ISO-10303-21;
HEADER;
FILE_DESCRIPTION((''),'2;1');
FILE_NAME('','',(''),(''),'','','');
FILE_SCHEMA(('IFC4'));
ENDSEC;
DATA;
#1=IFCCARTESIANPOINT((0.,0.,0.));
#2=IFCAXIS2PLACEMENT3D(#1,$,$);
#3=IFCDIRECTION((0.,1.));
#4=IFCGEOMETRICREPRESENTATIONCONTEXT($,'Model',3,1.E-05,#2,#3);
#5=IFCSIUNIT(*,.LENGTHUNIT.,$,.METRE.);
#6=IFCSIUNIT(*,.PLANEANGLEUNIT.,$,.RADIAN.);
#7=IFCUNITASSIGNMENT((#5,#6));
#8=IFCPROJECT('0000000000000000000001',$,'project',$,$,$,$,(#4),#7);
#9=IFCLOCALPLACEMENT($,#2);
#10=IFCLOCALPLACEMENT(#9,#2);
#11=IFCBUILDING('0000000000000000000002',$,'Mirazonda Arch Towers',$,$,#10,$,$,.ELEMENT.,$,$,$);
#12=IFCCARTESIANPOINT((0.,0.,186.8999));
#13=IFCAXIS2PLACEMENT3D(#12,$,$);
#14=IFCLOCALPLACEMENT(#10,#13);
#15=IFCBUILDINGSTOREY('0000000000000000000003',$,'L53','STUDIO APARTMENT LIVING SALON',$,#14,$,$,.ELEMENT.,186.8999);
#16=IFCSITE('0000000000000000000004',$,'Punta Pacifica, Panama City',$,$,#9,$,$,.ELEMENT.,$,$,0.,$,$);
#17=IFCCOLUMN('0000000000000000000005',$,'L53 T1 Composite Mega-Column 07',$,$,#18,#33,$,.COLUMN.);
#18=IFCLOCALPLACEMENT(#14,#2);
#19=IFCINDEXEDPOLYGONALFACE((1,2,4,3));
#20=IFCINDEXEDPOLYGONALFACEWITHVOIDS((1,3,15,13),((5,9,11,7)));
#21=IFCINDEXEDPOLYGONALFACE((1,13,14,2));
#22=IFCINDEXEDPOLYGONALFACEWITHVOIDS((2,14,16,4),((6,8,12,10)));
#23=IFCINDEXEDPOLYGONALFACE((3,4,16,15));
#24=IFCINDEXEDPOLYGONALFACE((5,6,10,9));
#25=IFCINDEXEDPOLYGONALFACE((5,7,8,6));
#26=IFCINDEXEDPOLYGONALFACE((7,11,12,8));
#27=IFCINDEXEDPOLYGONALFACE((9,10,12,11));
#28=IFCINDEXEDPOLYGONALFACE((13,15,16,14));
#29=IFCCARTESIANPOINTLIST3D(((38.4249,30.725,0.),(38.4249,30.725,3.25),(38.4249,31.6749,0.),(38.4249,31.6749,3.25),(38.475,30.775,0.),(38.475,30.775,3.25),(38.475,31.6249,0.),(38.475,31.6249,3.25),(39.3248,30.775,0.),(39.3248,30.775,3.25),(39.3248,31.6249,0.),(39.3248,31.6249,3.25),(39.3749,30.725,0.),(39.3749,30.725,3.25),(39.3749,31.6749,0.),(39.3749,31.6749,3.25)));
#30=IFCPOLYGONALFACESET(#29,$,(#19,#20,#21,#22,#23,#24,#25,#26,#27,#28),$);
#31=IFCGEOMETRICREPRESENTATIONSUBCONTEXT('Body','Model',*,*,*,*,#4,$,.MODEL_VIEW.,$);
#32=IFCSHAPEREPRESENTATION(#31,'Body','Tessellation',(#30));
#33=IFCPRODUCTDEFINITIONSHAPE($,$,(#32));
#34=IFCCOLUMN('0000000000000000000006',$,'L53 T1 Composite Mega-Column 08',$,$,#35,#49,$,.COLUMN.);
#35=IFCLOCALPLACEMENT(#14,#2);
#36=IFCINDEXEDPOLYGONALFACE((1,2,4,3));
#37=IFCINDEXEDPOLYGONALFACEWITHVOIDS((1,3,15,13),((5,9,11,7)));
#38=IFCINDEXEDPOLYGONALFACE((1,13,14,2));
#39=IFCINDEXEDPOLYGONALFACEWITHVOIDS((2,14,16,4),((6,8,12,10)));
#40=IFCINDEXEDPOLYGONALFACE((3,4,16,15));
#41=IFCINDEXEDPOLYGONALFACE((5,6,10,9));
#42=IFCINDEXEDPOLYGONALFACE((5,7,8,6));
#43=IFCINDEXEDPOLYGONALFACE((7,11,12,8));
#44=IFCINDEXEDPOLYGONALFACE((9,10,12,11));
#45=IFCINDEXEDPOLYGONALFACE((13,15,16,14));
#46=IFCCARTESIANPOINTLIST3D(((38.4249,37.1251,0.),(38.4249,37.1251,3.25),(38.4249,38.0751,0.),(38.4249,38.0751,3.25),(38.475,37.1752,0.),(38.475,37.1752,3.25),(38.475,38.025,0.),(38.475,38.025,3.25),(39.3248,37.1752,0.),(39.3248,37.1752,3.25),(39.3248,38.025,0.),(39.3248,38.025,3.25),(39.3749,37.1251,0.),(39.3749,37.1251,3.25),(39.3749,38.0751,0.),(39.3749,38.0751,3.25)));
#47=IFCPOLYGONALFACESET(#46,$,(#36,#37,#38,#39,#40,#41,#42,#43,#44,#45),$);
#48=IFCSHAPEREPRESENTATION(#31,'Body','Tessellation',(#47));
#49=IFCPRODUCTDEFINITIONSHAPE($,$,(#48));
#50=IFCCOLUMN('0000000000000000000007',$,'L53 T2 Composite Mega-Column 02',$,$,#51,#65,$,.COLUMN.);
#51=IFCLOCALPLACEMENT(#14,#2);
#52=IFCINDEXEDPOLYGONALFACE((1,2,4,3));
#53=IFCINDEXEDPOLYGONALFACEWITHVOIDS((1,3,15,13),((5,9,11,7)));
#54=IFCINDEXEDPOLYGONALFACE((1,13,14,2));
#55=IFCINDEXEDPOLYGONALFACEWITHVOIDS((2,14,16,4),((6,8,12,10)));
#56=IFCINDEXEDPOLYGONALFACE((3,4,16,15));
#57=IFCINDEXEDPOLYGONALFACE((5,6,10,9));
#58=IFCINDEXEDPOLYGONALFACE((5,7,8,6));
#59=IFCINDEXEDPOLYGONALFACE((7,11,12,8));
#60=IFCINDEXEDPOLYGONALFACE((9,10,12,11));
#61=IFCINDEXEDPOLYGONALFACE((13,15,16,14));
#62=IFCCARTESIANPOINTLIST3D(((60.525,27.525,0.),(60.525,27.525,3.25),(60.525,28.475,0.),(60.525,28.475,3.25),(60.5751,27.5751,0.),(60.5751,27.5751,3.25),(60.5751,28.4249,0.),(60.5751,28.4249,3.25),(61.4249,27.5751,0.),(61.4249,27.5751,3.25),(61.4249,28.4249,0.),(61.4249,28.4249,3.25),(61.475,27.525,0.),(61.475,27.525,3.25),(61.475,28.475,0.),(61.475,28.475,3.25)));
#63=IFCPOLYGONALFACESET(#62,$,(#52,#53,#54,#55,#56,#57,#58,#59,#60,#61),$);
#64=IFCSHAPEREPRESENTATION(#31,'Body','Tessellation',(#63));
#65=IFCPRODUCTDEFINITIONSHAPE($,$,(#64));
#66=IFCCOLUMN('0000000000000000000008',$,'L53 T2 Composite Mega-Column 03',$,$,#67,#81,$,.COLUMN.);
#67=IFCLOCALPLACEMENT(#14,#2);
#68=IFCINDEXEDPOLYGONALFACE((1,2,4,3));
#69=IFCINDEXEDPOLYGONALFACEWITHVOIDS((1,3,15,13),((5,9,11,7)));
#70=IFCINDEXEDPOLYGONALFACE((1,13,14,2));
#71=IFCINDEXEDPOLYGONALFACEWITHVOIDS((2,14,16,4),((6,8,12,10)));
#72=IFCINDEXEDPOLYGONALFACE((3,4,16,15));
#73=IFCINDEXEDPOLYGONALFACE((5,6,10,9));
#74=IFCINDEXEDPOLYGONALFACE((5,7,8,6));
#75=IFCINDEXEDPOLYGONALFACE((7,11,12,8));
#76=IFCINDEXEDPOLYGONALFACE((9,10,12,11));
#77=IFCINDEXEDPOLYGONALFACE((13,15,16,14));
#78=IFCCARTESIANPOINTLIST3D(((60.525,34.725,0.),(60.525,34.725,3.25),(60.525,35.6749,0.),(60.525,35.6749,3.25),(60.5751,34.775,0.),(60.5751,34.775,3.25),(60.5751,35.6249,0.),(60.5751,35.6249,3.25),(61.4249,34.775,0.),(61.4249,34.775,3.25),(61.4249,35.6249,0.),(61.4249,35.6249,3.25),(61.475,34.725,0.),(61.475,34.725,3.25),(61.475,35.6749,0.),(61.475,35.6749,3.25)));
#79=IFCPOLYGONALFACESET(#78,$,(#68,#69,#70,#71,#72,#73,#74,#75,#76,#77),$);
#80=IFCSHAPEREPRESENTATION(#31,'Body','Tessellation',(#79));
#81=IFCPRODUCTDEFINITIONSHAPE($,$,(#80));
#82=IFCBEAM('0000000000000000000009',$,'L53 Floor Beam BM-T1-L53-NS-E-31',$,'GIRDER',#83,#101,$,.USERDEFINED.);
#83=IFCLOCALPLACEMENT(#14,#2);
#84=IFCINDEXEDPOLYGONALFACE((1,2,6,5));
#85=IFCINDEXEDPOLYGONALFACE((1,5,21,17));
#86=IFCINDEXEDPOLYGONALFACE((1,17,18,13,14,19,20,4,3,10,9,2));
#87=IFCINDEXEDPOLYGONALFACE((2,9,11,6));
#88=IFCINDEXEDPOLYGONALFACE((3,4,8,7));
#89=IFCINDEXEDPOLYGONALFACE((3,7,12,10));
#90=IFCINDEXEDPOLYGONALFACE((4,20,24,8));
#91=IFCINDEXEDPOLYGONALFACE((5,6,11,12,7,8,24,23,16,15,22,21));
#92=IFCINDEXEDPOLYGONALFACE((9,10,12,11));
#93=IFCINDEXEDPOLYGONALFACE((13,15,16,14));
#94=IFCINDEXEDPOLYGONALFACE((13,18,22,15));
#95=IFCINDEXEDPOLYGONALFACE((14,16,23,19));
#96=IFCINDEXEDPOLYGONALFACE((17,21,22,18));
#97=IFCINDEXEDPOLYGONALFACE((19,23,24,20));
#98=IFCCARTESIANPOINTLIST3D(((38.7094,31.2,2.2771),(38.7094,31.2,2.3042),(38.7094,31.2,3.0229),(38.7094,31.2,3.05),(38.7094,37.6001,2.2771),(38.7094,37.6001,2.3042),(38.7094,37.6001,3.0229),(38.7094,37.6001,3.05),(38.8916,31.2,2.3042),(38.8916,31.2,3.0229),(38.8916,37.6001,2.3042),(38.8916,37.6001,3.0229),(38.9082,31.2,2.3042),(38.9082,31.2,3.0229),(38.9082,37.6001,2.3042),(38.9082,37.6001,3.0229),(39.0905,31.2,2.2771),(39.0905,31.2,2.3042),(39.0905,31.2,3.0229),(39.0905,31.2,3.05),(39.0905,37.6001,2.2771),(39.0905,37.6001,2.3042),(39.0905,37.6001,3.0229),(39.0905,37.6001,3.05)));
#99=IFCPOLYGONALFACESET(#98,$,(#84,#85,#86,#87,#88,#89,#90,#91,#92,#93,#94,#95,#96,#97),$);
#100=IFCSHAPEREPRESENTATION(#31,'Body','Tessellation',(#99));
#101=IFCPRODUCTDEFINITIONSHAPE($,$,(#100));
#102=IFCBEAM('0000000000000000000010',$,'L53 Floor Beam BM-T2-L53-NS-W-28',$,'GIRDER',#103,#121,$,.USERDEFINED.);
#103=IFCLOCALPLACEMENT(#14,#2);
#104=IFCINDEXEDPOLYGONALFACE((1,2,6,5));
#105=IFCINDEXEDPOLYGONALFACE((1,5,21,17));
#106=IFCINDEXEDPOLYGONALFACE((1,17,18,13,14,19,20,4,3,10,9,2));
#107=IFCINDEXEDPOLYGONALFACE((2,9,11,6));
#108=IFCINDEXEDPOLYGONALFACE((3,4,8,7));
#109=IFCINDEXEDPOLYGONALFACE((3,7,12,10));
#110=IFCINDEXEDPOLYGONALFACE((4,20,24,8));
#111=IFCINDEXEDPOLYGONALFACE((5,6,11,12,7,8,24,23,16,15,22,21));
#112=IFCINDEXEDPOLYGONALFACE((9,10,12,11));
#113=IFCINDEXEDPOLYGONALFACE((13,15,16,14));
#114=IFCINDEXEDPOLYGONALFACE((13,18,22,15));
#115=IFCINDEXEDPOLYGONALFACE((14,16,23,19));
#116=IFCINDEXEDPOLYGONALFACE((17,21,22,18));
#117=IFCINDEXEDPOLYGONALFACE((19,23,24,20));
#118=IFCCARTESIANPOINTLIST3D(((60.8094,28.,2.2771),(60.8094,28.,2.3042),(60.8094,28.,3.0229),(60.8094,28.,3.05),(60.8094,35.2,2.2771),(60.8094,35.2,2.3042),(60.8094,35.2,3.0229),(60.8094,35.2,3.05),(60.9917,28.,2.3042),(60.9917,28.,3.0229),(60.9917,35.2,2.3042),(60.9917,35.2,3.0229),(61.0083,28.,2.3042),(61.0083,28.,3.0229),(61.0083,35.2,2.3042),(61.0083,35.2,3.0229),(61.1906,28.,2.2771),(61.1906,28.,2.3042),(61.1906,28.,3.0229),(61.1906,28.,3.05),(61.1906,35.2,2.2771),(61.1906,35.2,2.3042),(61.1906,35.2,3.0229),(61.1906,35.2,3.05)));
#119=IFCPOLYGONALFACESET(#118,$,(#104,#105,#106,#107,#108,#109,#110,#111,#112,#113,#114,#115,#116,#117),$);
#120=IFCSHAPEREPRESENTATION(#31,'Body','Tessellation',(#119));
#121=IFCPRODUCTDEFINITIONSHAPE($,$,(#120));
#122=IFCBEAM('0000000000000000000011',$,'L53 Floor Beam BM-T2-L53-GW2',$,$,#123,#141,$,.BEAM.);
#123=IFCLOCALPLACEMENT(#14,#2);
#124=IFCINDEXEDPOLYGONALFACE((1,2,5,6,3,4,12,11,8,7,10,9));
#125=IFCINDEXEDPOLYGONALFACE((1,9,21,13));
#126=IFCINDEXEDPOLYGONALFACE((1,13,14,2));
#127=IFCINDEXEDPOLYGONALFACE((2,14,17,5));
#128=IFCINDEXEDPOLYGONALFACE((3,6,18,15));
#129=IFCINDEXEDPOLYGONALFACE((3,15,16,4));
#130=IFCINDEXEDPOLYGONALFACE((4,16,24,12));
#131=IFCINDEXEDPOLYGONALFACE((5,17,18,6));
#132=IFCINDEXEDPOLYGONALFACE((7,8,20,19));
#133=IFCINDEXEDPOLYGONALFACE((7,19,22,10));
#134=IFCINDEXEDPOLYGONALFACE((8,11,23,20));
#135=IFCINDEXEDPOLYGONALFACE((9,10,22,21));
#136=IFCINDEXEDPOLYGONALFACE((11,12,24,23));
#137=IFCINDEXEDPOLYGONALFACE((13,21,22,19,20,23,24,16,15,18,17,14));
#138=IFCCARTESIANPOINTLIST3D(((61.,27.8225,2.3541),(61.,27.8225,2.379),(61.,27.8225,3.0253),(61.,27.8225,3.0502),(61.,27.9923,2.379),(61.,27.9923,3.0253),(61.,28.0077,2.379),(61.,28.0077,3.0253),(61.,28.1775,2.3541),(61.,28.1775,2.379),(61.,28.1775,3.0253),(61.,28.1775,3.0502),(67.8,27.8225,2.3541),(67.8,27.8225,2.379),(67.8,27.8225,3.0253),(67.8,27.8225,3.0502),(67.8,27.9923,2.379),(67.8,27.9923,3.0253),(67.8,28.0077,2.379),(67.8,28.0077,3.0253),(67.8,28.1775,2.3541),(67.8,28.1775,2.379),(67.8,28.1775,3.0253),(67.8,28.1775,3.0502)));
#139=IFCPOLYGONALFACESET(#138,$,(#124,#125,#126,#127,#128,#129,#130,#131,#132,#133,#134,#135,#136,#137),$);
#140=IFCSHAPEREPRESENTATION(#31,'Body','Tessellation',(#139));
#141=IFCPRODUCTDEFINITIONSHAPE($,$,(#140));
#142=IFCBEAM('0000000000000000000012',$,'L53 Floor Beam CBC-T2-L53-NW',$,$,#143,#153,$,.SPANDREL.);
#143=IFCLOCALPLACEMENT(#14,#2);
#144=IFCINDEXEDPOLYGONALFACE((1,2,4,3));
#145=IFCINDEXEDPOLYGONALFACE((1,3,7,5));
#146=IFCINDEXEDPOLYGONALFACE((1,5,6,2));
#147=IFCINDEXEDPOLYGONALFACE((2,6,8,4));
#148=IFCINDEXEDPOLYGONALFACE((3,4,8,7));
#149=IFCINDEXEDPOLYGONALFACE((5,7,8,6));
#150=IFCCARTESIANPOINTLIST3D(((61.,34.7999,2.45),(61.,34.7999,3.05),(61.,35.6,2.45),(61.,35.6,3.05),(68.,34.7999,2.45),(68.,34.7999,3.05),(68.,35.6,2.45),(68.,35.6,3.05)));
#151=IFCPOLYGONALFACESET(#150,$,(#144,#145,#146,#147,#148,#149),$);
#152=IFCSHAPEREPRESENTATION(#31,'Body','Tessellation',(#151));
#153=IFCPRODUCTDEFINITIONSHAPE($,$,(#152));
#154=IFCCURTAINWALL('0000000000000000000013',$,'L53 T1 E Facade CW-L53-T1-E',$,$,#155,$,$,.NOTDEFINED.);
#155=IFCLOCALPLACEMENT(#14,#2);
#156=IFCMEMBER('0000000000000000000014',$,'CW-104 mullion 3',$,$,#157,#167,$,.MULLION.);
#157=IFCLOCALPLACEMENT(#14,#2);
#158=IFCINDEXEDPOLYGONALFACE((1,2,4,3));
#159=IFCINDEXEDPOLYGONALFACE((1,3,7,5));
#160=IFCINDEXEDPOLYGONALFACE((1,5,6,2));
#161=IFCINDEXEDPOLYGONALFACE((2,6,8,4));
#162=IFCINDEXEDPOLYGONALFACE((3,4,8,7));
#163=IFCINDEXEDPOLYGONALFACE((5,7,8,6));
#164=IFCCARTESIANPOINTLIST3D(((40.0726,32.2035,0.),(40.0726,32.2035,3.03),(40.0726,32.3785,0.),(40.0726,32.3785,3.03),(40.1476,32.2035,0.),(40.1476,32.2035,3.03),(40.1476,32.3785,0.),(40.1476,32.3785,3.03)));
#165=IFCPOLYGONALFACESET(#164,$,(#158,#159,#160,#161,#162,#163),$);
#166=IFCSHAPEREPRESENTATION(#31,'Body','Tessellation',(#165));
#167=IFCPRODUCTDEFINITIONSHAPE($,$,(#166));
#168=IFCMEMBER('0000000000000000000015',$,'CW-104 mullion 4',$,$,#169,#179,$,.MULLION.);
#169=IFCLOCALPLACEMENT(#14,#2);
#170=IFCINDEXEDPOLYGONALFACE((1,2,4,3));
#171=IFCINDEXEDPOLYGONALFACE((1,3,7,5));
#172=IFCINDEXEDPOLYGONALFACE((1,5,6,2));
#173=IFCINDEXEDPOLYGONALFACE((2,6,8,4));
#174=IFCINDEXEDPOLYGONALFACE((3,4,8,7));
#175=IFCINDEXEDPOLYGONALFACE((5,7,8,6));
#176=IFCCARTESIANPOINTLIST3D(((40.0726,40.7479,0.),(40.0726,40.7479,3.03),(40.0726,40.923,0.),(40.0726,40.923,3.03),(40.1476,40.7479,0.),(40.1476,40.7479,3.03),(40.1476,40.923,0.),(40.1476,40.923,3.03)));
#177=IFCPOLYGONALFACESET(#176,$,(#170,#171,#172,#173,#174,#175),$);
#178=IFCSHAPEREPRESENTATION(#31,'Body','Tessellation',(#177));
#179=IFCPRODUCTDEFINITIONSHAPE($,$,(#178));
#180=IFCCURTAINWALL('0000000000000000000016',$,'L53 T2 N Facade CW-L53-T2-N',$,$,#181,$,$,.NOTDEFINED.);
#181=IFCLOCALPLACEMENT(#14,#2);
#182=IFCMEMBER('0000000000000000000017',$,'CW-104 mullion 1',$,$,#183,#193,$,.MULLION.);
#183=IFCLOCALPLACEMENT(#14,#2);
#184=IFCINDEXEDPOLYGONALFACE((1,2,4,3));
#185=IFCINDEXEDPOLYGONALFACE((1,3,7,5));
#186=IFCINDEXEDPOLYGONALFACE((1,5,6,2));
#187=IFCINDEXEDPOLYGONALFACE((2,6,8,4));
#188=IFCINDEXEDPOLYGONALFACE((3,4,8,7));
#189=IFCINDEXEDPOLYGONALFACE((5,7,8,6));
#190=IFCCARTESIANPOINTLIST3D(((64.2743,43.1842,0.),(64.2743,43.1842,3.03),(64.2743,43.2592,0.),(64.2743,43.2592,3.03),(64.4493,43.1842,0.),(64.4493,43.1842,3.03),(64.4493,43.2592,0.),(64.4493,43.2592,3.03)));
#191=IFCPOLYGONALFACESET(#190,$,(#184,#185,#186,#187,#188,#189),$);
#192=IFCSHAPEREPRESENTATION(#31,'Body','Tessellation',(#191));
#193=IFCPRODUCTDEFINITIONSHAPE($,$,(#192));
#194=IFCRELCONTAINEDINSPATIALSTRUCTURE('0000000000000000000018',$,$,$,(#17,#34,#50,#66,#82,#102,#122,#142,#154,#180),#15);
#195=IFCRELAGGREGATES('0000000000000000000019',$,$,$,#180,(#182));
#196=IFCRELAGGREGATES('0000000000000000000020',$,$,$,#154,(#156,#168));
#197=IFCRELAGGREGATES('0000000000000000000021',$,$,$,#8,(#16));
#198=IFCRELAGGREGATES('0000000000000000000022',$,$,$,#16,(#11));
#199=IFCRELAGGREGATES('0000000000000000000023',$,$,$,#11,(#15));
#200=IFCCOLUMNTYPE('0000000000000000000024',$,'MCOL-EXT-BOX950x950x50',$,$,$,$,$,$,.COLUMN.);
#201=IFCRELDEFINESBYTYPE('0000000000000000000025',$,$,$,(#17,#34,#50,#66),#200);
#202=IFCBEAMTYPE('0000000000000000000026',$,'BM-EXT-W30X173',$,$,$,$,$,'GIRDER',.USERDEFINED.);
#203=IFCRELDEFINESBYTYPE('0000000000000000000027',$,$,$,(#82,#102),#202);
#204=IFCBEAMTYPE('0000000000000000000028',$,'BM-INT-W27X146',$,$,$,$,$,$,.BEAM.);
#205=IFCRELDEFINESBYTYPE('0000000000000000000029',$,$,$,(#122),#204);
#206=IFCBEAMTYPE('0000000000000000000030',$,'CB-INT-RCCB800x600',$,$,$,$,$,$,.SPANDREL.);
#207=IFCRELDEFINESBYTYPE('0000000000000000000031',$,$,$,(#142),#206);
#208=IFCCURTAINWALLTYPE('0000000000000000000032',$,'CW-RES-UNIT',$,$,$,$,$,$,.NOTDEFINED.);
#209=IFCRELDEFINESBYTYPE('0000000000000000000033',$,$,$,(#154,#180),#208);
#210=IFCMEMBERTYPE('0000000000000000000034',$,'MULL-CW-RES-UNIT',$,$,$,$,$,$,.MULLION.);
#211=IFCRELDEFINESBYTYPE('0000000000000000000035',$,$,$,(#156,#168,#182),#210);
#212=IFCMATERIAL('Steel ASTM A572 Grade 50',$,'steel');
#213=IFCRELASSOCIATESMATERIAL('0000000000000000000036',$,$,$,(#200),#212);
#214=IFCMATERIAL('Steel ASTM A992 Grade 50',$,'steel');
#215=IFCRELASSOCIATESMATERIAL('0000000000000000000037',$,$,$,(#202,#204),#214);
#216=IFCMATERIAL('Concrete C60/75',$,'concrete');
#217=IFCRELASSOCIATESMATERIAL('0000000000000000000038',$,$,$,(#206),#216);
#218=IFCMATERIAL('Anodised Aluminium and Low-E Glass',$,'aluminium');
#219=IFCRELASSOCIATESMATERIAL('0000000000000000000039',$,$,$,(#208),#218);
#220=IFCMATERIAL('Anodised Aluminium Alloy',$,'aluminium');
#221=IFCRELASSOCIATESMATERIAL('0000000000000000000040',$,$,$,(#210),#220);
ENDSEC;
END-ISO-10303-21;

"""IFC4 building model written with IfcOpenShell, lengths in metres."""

from ifc_helpers import new_model, si_unit, direction, frame, origin, origin_2d, place, context, subcontext, project, spatial, rectangle, hollow_rectangle, i_section, extrude, material, material_profile, profile_set, type_object, element, aggregate, save


model = new_model("IFC4")

# Units and contexts
model_context = context("Model", 3, precision=1e-05, world=origin(), true_north=direction((0.0, 1.0)))
body_context = subcontext(model_context, "Body", "Model", "MODEL_VIEW")
ifc_project = project(units=[si_unit("LENGTHUNIT", "METRE"), si_unit("PLANEANGLEUNIT", "RADIAN")], contexts=[model_context])

# Site, building, storey
site_placement = place(None, origin())
site = spatial("IfcSite", under=ifc_project, at=site_placement, Name="Punta Pacifica, Panama City", CompositionType="ELEMENT", RefElevation=0.0)
building_placement = place(site_placement, origin())
building = spatial("IfcBuilding", under=site, at=building_placement, Name="Mirazonda Arch Towers", CompositionType="ELEMENT")
storey_placement = place(building_placement, frame((0.0, 0.0, 186.8999)))
storey = spatial("IfcBuildingStorey", under=building, at=storey_placement, Name="L53", Description="STUDIO APARTMENT LIVING SALON", CompositionType="ELEMENT", Elevation=186.8999)

# Columns
ifc_material_1 = material(Name="Steel ASTM A572 Grade 50", Category="steel")
ifc_material_profile_1 = material_profile(ifc_material_1, hollow_rectangle(XDim=0.95, YDim=0.95, WallThickness=0.05, at=origin_2d()), Name="BOX950x950x50")
ifc_profile_set_1 = profile_set([ifc_material_profile_1], Name="Steel ASTM A572 Grade 50")
column_type = type_object("IfcColumnType", Name="MCOL-EXT-BOX950x950x50", PredefinedType="COLUMN", material=ifc_profile_set_1)
for number, where, z_axis, x_axis, name in (
    (1, (38.8999, 31.2, 0.0), (0.0, 0.0, 1.0), (1.0, 0.0, 0.0), "L53 T1 Composite Mega-Column 07"),
    (2, (38.8999, 37.6001, 0.0), (0.0, 0.0, 1.0), (1.0, 0.0, 0.0), "L53 T1 Composite Mega-Column 08"),
    (3, (61.0, 28.0, 0.0), (0.0, 0.0, 1.0), (1.0, 0.0, 0.0), "L53 T2 Composite Mega-Column 02"),
    (4, (61.0, 35.2, 0.0), (0.0, 0.0, 1.0), (1.0, 0.0, 0.0), "L53 T2 Composite Mega-Column 03"),
):
    element("IfcColumn", number, at=place(storey_placement, frame(where, z_axis=z_axis, x_axis=x_axis)), inside=storey, type_object=column_type, Name=name, PredefinedType="COLUMN", context=body_context, shape_type="SweptSolid", body=[
        extrude(hollow_rectangle(XDim=0.95, YDim=0.95, WallThickness=0.05, at=origin_2d()), origin(), (0.0, 0.0, 1.0), 3.25),
    ])

# Beams
ifc_material_2 = material(Name="Steel ASTM A992 Grade 50", Category="steel")
ifc_material_profile_2 = material_profile(ifc_material_2, i_section(OverallWidth=0.3811, OverallDepth=0.7729, WebThickness=0.0166, FlangeThickness=0.0271, at=origin_2d()), Name="W30X173")
ifc_profile_set_2 = profile_set([ifc_material_profile_2], Name="Steel ASTM A992 Grade 50")
beam_type_1 = type_object("IfcBeamType", Name="BM-EXT-W30X173", ElementType="GIRDER", PredefinedType="USERDEFINED", material=ifc_profile_set_2)
beam_1_placement = place(storey_placement, frame((38.8999, 31.2, 2.6636), z_axis=(0.0, 1.0, 0.0), x_axis=(-1.0, 0.0, 0.0)))
element("IfcBeam", 5, at=beam_1_placement, inside=storey, type_object=beam_type_1, Name="L53 Floor Beam BM-T1-L53-NS-E-31", ObjectType="GIRDER", PredefinedType="USERDEFINED", context=body_context, shape_type="SweptSolid", body=[
    extrude(i_section(OverallWidth=0.3811, OverallDepth=0.7729, WebThickness=0.0166, FlangeThickness=0.0271, at=origin_2d()), origin(), (0.0, 0.0, 1.0), 6.4001),
])
beam_2_placement = place(storey_placement, frame((61.0, 28.0, 2.6636), z_axis=(0.0, 1.0, 0.0), x_axis=(-1.0, 0.0, 0.0)))
element("IfcBeam", 6, at=beam_2_placement, inside=storey, type_object=beam_type_1, Name="L53 Floor Beam BM-T2-L53-NS-W-28", ObjectType="GIRDER", PredefinedType="USERDEFINED", context=body_context, shape_type="SweptSolid", body=[
    extrude(i_section(OverallWidth=0.3811, OverallDepth=0.7729, WebThickness=0.0166, FlangeThickness=0.0271, at=origin_2d()), origin(), (0.0, 0.0, 1.0), 7.2),
])
ifc_material_profile_3 = material_profile(ifc_material_2, i_section(OverallWidth=0.355, OverallDepth=0.696, WebThickness=0.0154, FlangeThickness=0.0249, at=origin_2d()), Name="W27X146")
ifc_profile_set_3 = profile_set([ifc_material_profile_3], Name="Steel ASTM A992 Grade 50")
beam_type_2 = type_object("IfcBeamType", Name="BM-INT-W27X146", PredefinedType="BEAM", material=ifc_profile_set_3)
beam_3_placement = place(storey_placement, frame((61.0, 28.0, 2.7021), z_axis=(1.0, 0.0, 0.0), x_axis=(0.0, 1.0, 0.0)))
element("IfcBeam", 7, at=beam_3_placement, inside=storey, type_object=beam_type_2, Name="L53 Floor Beam BM-T2-L53-GW2", PredefinedType="BEAM", context=body_context, shape_type="SweptSolid", body=[
    extrude(i_section(OverallWidth=0.355, OverallDepth=0.696, WebThickness=0.0154, FlangeThickness=0.0249, at=origin_2d()), origin(), (0.0, 0.0, 1.0), 6.8),
])
ifc_material_3 = material(Name="Concrete C60/75", Category="concrete")
ifc_material_profile_4 = material_profile(ifc_material_3, rectangle(XDim=0.8, YDim=0.6001, at=origin_2d()), Name="RCCB800x600")
ifc_profile_set_4 = profile_set([ifc_material_profile_4], Name="Concrete C60/75")
beam_type_3 = type_object("IfcBeamType", Name="CB-INT-RCCB800x600", PredefinedType="SPANDREL", material=ifc_profile_set_4)
beam_4_placement = place(storey_placement, frame((61.0, 35.2, 2.75), z_axis=(1.0, 0.0, 0.0), x_axis=(0.0, 1.0, 0.0)))
element("IfcBeam", 8, at=beam_4_placement, inside=storey, type_object=beam_type_3, Name="L53 Floor Beam CBC-T2-L53-NW", PredefinedType="SPANDREL", context=body_context, shape_type="SweptSolid", body=[
    extrude(rectangle(XDim=0.8, YDim=0.6001, at=origin_2d()), origin(), (0.0, 0.0, 1.0), 7.0),
])

# Curtain wall, members
ifc_material_4 = material(Name="Anodised Aluminium and Low-E Glass", Category="aluminium")
curtain_wall_type = type_object("IfcCurtainWallType", Name="CW-RES-UNIT", PredefinedType="NOTDEFINED", material=ifc_material_4)
curtain_wall_1_placement = place(storey_placement, origin())
curtain_wall_1 = element("IfcCurtainWall", 9, at=curtain_wall_1_placement, inside=storey, type_object=curtain_wall_type, Name="L53 T1 E Facade CW-L53-T1-E", PredefinedType="NOTDEFINED")
ifc_material_5 = material(Name="Anodised Aluminium Alloy", Category="aluminium")
ifc_material_profile_5 = material_profile(ifc_material_5, rectangle(XDim=0.075, YDim=0.175, at=origin_2d()), Name="ALU-MULL-75x175")
ifc_profile_set_5 = profile_set([ifc_material_profile_5], Name="Anodised Aluminium Alloy")
member_type_1 = type_object("IfcMemberType", Name="MULL-CW-RES-UNIT", PredefinedType="MULLION", material=ifc_profile_set_5)
member_1_placement = place(storey_placement, frame((40.1101, 32.291, 0.0), z_axis=(0.0, 0.0, 1.0), x_axis=(-1.0, 0.0, 0.0)))
member_1 = element("IfcMember", 10, at=member_1_placement, type_object=member_type_1, Name="CW-104 mullion 3", PredefinedType="MULLION", context=body_context, shape_type="SweptSolid", body=[
    extrude(rectangle(XDim=0.075, YDim=0.175, at=origin_2d()), origin(), (0.0, 0.0, 1.0), 3.03),
])
member_2_placement = place(storey_placement, frame((40.1101, 40.8354, 0.0), z_axis=(0.0, 0.0, 1.0), x_axis=(-1.0, 0.0, 0.0)))
member_2 = element("IfcMember", 11, at=member_2_placement, type_object=member_type_1, Name="CW-104 mullion 4", PredefinedType="MULLION", context=body_context, shape_type="SweptSolid", body=[
    extrude(rectangle(XDim=0.075, YDim=0.175, at=origin_2d()), origin(), (0.0, 0.0, 1.0), 3.03),
])

# Curtain wall, member
curtain_wall_2_placement = place(storey_placement, origin())
curtain_wall_2 = element("IfcCurtainWall", 12, at=curtain_wall_2_placement, inside=storey, type_object=curtain_wall_type, Name="L53 T2 N Facade CW-L53-T2-N", PredefinedType="NOTDEFINED")
member_3_placement = place(storey_placement, frame((64.3618, 43.2217, 0.0), z_axis=(0.0, 0.0, 1.0), x_axis=(0.0, 1.0, 0.0)))
member_3 = element("IfcMember", 13, at=member_3_placement, type_object=member_type_1, Name="CW-104 mullion 1", PredefinedType="MULLION", context=body_context, shape_type="SweptSolid", body=[
    extrude(rectangle(XDim=0.075, YDim=0.175, at=origin_2d()), origin(), (0.0, 0.0, 1.0), 3.03),
])

aggregate(curtain_wall_2, [member_3])

aggregate(curtain_wall_1, [member_1, member_2])

save(model, "model.ifc")
